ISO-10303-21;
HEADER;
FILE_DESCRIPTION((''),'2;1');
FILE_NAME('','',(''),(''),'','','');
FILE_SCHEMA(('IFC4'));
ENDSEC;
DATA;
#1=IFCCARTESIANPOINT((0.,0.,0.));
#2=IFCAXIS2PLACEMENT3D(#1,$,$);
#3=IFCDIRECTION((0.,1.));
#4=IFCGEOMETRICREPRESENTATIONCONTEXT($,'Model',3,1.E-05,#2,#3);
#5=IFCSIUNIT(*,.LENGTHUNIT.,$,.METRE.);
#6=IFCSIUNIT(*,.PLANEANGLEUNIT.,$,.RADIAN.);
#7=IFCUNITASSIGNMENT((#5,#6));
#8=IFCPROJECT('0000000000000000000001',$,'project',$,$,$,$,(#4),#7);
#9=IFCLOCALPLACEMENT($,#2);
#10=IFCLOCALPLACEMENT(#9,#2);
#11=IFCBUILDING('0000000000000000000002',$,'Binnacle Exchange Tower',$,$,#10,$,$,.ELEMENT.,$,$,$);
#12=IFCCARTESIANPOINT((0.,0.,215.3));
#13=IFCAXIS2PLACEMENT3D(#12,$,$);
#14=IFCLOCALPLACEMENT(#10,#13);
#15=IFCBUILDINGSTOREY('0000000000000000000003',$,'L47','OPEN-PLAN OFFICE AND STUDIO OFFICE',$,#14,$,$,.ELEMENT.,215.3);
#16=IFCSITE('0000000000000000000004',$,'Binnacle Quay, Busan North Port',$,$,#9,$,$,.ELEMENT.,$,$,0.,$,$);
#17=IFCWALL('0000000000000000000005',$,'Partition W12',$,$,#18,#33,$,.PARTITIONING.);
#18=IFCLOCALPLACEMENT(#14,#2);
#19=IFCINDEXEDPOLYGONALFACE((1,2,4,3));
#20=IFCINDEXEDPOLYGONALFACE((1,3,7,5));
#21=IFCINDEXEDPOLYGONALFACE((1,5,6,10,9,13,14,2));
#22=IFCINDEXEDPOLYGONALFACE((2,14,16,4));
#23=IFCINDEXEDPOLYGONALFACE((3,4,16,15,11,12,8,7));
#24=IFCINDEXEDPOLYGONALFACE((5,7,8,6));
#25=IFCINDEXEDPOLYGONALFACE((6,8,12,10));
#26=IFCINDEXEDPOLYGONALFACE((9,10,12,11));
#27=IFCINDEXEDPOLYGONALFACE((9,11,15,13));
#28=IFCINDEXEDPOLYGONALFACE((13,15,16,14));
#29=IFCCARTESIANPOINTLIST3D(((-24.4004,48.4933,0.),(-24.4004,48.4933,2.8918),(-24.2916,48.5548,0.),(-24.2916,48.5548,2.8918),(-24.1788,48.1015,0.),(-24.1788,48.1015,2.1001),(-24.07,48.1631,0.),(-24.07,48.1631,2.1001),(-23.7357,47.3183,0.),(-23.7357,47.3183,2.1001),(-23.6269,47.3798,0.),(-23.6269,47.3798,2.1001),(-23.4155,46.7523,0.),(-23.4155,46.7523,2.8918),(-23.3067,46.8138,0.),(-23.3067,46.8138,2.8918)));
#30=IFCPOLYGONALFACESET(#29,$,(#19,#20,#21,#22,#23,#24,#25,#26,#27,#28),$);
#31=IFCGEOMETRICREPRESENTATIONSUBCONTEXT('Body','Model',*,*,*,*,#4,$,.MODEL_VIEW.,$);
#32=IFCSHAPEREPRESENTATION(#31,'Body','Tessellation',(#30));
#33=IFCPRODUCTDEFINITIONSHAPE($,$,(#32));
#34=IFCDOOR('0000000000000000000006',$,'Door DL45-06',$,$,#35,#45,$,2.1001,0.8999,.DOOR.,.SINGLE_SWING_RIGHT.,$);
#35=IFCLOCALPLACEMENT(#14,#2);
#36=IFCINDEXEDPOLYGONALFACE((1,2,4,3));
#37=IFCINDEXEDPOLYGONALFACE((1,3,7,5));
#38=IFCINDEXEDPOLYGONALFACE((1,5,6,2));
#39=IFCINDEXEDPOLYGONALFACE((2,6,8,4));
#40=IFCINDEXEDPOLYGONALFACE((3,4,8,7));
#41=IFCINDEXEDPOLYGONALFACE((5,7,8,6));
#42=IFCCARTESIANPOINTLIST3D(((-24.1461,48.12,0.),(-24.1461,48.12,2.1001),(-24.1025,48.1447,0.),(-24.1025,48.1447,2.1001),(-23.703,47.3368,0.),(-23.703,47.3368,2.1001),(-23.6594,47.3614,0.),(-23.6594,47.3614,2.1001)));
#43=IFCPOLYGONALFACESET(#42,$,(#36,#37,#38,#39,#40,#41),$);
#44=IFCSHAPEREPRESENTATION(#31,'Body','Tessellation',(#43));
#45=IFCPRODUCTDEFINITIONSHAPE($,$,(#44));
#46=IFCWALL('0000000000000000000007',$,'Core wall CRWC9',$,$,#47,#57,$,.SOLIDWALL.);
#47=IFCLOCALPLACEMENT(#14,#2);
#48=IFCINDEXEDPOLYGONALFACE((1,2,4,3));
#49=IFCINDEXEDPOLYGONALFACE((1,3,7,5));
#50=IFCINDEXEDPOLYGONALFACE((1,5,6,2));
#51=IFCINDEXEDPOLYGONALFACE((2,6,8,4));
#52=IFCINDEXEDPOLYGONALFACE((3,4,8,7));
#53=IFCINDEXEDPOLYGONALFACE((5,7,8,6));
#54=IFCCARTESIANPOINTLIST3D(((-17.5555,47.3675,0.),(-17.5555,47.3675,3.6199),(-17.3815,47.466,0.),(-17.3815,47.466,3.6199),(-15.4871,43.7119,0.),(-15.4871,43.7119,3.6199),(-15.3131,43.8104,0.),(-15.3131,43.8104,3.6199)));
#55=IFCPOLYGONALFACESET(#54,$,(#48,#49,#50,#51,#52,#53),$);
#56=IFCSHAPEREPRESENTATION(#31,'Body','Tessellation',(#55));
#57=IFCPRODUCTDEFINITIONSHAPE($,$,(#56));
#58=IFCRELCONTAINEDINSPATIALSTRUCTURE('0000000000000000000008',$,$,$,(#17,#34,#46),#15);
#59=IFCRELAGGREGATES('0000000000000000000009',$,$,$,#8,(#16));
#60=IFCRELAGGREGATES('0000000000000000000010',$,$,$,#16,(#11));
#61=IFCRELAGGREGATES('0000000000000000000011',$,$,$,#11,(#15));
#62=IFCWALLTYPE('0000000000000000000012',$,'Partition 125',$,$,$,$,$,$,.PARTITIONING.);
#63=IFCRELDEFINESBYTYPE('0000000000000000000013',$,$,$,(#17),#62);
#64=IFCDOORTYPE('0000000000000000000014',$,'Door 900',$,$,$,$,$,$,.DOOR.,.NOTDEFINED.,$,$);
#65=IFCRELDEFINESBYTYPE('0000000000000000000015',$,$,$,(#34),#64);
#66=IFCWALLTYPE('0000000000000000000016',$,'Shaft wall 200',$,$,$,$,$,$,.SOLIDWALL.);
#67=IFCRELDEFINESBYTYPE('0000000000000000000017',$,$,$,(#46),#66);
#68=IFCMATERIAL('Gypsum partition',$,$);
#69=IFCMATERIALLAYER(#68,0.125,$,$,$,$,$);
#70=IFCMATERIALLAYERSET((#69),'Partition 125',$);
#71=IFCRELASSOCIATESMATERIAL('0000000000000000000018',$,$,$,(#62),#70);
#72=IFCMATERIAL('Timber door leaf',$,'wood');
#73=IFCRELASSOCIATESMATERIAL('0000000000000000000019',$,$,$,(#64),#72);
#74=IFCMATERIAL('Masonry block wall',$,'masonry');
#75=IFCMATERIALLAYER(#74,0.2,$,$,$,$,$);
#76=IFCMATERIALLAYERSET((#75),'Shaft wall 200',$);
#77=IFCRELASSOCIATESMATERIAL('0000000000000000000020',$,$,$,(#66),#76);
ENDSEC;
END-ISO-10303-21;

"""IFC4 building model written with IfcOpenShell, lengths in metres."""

from ifc_helpers import new_model, si_unit, direction, frame, frame_2d, origin, place, context, subcontext, project, spatial, rectangle, extrude, material, layer, layer_set, type_object, element, fill, save


model = new_model("IFC4")

# Units and contexts
model_context = context("Model", 3, precision=1e-05, world=origin(), true_north=direction((0.0, 1.0)))
body_context = subcontext(model_context, "Body", "Model", "MODEL_VIEW")
ifc_project = project(units=[si_unit("LENGTHUNIT", "METRE"), si_unit("PLANEANGLEUNIT", "RADIAN")], contexts=[model_context])

# Site, building, storey
site_placement = place(None, origin())
site = spatial("IfcSite", under=ifc_project, at=site_placement, Name="Binnacle Quay, Busan North Port", CompositionType="ELEMENT", RefElevation=0.0)
building_placement = place(site_placement, origin())
building = spatial("IfcBuilding", under=site, at=building_placement, Name="Binnacle Exchange Tower", CompositionType="ELEMENT")
storey_placement = place(building_placement, frame((0.0, 0.0, 215.3)))
storey = spatial("IfcBuildingStorey", under=building, at=storey_placement, Name="L47", Description="OPEN-PLAN OFFICE AND STUDIO OFFICE", CompositionType="ELEMENT", Elevation=215.3)

# Shared definitions
ifc_material_1 = material(Name="Gypsum partition")
ifc_layer_1 = layer(ifc_material_1, 0.125)
ifc_layer_set_1 = layer_set([ifc_layer_1], Name="Partition 125")
wall_type_1 = type_object("IfcWallType", Name="Partition 125", PredefinedType="PARTITIONING", material=ifc_layer_set_1)

# Wall, opening, door
wall_1_placement = place(storey_placement, frame((-24.3459, 48.5239, 0.0), z_axis=(0.0, 0.0, 1.0), x_axis=(0.492375, -0.870383, 0.0)))
wall_1 = element("IfcWall", 1, at=wall_1_placement, inside=storey, type_object=wall_type_1, Name="Partition W12", PredefinedType="PARTITIONING", context=body_context, shape_type="SweptSolid", body=[
    extrude(rectangle(XDim=2.0002, YDim=0.125, at=frame_2d((1.0, 0.0))), origin(), (0.0, 0.0, 1.0), 2.8918),
])
opening_1_placement = place(wall_1_placement, frame((0.45, 0.0, 0.0)))
opening_1 = element("IfcOpeningElement", 2, at=opening_1_placement, cuts=wall_1, PredefinedType="OPENING", context=body_context, shape_type="SweptSolid", body=[
    extrude(rectangle(XDim=0.8999, YDim=2.1001, at=frame_2d((0.45, 1.05))), frame((0.0, 0.0725, 0.0), z_axis=(0.0, -1.0, 0.0), x_axis=(1.0, 0.0, 0.0)), (0.0, 0.0, 1.0), 0.145),
])
ifc_material_2 = material(Name="Timber door leaf", Category="wood")
door_type_1 = type_object("IfcDoorType", Name="Door 900", OperationType="NOTDEFINED", PredefinedType="DOOR", material=ifc_material_2)
door_1_placement = place(opening_1_placement, frame((0.8999, 0.0, 0.0), z_axis=(0.0, 0.0, 1.0), x_axis=(-1.0, 0.0, 0.0)))
door_1 = element("IfcDoor", 3, at=door_1_placement, inside=storey, type_object=door_type_1, Name="Door DL45-06", OperationType="SINGLE_SWING_RIGHT", OverallHeight=2.1001, OverallWidth=0.8999, PredefinedType="DOOR", context=body_context, shape_type="SweptSolid", body=[
    extrude(rectangle(XDim=0.8999, YDim=2.1001, at=frame_2d((0.45, 1.05))), frame((0.0, 0.0249, 0.0), z_axis=(0.0, -1.0, 0.0), x_axis=(1.0, 0.0, 0.0)), (0.0, 0.0, 1.0), 0.05),
])
fill(opening_1, door_1)

# Wall
ifc_material_3 = material(Name="Masonry block wall", Category="masonry")
ifc_layer_2 = layer(ifc_material_3, 0.2)
ifc_layer_set_2 = layer_set([ifc_layer_2], Name="Shaft wall 200")
wall_type_2 = type_object("IfcWallType", Name="Shaft wall 200", PredefinedType="SOLIDWALL", material=ifc_layer_set_2)
wall_2_placement = place(storey_placement, frame((-17.4685, 47.4167, 0.0), z_axis=(0.0, 0.0, 1.0), x_axis=(0.492454, -0.870339, 0.0)))
element("IfcWall", 4, at=wall_2_placement, inside=storey, type_object=wall_type_2, Name="Core wall CRWC9", PredefinedType="SOLIDWALL", context=body_context, shape_type="SweptSolid", body=[
    extrude(rectangle(XDim=4.2002, YDim=0.2, at=frame_2d((2.1001, 0.0))), origin(), (0.0, 0.0, 1.0), 3.6199),
])

save(model, "model.ifc")
